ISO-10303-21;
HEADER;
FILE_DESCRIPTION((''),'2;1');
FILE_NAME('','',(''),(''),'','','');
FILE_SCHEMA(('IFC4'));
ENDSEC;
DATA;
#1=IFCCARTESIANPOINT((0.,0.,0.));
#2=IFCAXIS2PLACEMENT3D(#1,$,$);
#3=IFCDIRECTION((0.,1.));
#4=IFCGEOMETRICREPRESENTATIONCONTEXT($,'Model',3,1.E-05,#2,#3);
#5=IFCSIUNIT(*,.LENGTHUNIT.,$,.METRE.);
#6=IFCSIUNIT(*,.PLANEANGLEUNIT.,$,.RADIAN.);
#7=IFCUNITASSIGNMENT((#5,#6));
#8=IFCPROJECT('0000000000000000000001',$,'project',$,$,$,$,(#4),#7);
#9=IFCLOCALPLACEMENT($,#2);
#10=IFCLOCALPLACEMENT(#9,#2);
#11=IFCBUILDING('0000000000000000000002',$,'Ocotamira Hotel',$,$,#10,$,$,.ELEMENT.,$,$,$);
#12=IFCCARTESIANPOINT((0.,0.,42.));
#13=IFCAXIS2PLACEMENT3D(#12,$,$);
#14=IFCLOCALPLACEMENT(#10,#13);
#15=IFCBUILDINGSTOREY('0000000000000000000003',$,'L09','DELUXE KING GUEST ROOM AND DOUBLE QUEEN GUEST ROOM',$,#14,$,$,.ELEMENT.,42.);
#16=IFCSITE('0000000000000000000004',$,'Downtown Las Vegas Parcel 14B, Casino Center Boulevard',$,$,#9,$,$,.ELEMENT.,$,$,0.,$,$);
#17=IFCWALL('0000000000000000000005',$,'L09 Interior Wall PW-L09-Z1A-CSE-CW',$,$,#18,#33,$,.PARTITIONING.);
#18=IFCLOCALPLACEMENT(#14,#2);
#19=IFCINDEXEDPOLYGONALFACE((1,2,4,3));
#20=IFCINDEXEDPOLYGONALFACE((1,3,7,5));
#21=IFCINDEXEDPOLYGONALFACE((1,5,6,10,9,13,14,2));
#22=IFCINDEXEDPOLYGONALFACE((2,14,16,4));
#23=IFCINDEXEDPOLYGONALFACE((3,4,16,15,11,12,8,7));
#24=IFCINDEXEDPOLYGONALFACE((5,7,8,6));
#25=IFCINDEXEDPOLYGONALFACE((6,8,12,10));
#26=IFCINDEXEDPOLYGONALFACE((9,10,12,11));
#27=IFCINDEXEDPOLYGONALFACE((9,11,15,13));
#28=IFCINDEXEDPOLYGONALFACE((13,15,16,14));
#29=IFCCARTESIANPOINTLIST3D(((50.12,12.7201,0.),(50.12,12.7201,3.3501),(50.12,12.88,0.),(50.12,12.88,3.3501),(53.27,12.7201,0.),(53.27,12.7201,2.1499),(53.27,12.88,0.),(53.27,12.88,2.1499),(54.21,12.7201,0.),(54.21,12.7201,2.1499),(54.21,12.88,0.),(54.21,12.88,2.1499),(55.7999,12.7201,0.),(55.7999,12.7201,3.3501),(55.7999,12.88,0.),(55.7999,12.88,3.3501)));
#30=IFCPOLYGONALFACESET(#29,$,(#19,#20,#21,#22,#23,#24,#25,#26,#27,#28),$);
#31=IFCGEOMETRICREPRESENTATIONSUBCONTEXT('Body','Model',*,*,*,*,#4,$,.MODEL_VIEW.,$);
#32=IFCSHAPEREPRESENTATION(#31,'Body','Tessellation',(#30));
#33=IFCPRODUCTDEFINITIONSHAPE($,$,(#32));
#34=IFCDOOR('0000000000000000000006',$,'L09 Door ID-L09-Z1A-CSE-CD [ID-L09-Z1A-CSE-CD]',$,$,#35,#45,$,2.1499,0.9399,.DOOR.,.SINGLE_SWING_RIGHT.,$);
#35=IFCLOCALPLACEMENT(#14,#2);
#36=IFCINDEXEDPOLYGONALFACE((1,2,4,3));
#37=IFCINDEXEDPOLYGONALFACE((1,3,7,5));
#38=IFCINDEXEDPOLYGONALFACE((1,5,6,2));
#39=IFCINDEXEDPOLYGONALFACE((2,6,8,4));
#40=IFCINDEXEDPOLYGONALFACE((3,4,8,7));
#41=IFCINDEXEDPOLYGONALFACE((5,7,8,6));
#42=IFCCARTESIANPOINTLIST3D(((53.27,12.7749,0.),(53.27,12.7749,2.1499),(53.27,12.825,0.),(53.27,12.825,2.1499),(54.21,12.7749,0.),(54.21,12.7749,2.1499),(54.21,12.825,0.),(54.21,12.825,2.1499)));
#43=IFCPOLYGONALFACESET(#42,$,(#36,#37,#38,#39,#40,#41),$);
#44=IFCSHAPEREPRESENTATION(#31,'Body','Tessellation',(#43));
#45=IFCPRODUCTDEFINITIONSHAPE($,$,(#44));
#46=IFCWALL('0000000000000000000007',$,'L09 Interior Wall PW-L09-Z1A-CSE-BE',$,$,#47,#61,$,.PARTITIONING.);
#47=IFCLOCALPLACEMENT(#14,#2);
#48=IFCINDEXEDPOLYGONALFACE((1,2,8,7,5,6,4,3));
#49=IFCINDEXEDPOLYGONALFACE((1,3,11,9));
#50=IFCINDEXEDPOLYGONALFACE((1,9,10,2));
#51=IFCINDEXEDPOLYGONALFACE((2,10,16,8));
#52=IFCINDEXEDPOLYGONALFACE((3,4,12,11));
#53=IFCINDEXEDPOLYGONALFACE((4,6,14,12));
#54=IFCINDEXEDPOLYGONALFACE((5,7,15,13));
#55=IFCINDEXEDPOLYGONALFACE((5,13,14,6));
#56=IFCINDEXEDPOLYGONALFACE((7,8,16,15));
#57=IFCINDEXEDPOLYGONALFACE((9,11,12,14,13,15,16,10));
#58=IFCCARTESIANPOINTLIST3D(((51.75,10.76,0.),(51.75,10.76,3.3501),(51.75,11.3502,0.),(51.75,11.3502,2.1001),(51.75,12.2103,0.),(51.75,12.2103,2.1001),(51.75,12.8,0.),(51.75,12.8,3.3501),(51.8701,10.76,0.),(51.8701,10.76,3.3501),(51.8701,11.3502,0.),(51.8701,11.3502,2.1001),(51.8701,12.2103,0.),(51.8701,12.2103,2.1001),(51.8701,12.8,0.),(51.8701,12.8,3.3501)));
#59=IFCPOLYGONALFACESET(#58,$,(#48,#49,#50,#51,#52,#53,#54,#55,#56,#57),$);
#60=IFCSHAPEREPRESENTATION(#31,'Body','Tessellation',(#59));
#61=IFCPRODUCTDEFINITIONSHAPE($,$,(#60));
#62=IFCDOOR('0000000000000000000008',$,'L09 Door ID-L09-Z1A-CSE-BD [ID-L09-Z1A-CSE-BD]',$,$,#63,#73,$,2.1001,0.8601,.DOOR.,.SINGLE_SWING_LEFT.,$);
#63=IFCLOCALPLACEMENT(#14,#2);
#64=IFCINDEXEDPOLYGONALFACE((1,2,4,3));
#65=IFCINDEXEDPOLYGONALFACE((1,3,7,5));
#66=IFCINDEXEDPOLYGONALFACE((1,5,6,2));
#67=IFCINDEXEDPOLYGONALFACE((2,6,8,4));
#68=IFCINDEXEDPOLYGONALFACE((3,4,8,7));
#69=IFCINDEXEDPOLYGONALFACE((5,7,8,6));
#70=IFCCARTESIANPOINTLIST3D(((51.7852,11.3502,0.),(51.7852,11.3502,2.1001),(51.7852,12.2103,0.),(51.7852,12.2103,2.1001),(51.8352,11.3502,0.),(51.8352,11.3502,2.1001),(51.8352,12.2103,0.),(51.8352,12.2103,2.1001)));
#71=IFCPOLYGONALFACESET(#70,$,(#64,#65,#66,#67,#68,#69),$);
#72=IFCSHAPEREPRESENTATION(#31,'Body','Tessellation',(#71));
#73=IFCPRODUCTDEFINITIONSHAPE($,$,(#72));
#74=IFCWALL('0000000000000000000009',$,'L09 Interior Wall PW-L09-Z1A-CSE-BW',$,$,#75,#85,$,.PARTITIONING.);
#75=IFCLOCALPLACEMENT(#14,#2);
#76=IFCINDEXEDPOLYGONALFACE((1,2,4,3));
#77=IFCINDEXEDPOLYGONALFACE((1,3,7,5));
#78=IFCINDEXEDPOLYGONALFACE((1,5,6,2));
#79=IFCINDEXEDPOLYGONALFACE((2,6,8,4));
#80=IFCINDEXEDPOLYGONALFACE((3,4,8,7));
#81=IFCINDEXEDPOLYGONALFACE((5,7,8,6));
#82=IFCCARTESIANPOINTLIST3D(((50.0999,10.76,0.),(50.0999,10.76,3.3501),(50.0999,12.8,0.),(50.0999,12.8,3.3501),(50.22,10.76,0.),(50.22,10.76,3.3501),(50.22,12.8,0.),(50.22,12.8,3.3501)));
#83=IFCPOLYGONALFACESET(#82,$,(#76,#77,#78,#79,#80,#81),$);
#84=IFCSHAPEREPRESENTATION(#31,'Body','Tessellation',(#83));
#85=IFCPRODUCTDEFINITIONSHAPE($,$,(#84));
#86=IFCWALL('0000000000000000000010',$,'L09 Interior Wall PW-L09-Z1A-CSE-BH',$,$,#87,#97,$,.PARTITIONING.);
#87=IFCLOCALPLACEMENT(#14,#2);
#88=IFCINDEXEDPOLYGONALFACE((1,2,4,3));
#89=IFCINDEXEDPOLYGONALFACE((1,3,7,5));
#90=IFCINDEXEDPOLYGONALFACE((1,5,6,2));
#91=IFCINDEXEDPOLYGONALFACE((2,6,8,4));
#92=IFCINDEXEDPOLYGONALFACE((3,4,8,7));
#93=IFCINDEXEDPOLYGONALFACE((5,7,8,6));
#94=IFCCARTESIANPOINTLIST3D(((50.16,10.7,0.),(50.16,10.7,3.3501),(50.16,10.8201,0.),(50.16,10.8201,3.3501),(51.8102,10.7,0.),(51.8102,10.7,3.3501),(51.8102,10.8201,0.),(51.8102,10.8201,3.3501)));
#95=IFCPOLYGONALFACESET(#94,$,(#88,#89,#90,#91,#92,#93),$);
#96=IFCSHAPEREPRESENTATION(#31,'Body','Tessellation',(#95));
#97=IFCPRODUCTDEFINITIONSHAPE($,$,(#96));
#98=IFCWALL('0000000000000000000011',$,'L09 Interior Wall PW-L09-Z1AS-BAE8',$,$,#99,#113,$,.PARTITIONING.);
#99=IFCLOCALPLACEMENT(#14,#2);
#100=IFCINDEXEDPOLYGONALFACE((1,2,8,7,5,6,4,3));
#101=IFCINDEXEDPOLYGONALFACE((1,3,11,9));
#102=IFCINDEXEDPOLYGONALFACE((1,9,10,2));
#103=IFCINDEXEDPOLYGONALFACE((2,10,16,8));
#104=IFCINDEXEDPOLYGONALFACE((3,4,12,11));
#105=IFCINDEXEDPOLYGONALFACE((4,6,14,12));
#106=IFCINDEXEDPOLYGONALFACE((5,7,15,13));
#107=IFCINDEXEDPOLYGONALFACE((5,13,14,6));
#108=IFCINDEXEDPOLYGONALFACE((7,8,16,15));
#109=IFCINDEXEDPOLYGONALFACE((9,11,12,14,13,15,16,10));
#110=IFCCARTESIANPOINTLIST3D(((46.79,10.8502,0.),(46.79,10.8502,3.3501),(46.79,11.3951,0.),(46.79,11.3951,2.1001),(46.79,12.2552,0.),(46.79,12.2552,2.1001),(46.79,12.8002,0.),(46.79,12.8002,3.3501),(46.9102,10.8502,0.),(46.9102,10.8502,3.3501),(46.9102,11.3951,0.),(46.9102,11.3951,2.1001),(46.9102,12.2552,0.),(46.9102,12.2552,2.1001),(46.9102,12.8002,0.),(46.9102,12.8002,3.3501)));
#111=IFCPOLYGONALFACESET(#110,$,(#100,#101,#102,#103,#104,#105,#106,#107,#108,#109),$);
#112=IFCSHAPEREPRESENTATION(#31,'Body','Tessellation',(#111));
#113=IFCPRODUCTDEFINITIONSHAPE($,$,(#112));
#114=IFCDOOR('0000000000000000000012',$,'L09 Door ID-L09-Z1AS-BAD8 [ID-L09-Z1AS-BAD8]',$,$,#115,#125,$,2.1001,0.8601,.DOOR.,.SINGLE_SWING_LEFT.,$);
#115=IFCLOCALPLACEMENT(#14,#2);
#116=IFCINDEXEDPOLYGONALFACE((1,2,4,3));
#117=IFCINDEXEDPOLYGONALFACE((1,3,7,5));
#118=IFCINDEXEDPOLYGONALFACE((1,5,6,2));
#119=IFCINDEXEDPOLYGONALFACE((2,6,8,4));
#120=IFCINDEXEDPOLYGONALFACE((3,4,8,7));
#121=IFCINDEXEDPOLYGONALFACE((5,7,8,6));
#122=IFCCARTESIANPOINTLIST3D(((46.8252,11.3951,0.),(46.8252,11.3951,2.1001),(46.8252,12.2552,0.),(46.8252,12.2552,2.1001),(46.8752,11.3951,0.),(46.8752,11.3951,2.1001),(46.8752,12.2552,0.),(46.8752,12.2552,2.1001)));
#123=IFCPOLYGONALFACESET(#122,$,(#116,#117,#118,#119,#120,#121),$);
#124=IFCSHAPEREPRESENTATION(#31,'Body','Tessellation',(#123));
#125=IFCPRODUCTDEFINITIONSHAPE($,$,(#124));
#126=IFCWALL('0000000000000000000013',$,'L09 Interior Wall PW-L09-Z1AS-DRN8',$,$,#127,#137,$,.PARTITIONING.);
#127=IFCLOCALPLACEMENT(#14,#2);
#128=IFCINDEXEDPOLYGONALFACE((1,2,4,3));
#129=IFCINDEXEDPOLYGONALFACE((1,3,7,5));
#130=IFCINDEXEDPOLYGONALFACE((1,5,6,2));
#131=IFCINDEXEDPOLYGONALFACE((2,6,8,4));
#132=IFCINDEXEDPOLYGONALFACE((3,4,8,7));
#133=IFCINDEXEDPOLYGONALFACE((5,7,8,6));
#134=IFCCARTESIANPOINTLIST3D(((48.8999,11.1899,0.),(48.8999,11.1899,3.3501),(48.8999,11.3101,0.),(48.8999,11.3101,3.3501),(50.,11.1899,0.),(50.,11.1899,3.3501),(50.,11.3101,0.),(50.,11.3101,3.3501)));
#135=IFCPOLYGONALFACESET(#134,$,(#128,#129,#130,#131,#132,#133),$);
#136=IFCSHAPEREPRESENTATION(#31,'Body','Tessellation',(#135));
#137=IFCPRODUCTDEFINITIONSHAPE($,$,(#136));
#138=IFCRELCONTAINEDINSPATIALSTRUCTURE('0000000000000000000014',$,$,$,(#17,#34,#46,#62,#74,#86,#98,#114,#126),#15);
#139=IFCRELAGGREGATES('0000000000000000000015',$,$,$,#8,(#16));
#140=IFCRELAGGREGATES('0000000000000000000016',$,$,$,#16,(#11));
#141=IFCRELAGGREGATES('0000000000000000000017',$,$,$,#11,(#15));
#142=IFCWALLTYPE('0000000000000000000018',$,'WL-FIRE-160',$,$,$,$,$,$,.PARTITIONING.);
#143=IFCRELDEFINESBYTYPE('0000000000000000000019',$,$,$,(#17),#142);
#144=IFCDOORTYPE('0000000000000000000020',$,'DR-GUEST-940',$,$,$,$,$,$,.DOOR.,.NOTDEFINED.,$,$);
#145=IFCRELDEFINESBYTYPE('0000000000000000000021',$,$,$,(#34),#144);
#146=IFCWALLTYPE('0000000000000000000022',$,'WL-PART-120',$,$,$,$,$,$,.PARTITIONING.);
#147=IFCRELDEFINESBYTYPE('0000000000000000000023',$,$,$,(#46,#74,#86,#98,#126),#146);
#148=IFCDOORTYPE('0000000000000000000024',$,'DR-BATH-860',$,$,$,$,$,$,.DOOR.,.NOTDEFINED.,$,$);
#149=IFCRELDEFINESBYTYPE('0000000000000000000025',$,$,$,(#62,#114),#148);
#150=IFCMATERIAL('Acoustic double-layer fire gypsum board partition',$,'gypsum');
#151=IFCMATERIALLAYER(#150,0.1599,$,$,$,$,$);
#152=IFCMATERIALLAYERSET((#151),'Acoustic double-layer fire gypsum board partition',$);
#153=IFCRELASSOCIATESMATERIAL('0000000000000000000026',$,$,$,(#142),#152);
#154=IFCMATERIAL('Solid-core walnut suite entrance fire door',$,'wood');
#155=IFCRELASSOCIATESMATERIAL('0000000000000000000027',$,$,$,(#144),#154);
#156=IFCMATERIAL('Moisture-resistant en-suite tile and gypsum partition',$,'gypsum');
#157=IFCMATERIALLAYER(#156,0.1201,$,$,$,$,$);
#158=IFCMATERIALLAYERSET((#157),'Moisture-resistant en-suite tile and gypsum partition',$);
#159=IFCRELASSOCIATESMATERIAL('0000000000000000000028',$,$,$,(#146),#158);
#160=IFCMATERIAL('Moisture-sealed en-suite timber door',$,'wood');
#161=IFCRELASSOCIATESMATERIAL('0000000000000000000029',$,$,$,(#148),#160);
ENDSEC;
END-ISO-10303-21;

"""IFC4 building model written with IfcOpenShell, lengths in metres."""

from ifc_helpers import new_model, si_unit, direction, frame, frame_2d, origin, place, context, subcontext, project, spatial, rectangle, extrude, source, transform, mapped, material, layer, layer_set, type_object, element, fill, save


model = new_model("IFC4")

# Units and contexts
model_context = context("Model", 3, precision=1e-05, world=origin(), true_north=direction((0.0, 1.0)))
body_context = subcontext(model_context, "Body", "Model", "MODEL_VIEW")
ifc_project = project(units=[si_unit("LENGTHUNIT", "METRE"), si_unit("PLANEANGLEUNIT", "RADIAN")], contexts=[model_context])

# Site, building, storey
site_placement = place(None, origin())
site = spatial("IfcSite", under=ifc_project, at=site_placement, Name="Downtown Las Vegas Parcel 14B, Casino Center Boulevard", CompositionType="ELEMENT", RefElevation=0.0)
building_placement = place(site_placement, origin())
building = spatial("IfcBuilding", under=site, at=building_placement, Name="Ocotamira Hotel", CompositionType="ELEMENT")
storey_placement = place(building_placement, frame((0.0, 0.0, 42.0)))
storey = spatial("IfcBuildingStorey", under=building, at=storey_placement, Name="L09", Description="DELUXE KING GUEST ROOM AND DOUBLE QUEEN GUEST ROOM", CompositionType="ELEMENT", Elevation=42.0)

# Walls, openings, doors
ifc_material_1 = material(Name="Acoustic double-layer fire gypsum board partition", Category="gypsum")
ifc_layer_1 = layer(ifc_material_1, 0.1599)
ifc_layer_set_1 = layer_set([ifc_layer_1], Name="Acoustic double-layer fire gypsum board partition")
wall_type_1 = type_object("IfcWallType", Name="WL-FIRE-160", PredefinedType="PARTITIONING", material=ifc_layer_set_1)
wall_1_placement = place(storey_placement, frame((50.1201, 12.8, 0.0), z_axis=(0.0, 0.0, 1.0), x_axis=(1.0, 0.0, 0.0)))
wall_1 = element("IfcWall", 1, at=wall_1_placement, inside=storey, type_object=wall_type_1, Name="L09 Interior Wall PW-L09-Z1A-CSE-CW", PredefinedType="PARTITIONING", context=body_context, shape_type="SweptSolid", body=[
    extrude(rectangle(XDim=5.6799, YDim=0.1599, at=frame_2d((2.8398, 0.0))), origin(), (0.0, 0.0, 1.0), 3.3501),
])
opening_1_placement = place(wall_1_placement, frame((3.1499, 0.0, 0.0)))
opening_1 = element("IfcOpeningElement", 2, at=opening_1_placement, cuts=wall_1, PredefinedType="OPENING", context=body_context, shape_type="SweptSolid", body=[
    extrude(rectangle(XDim=0.9399, YDim=2.1499, at=frame_2d((0.47, 1.075))), frame((0.0, 0.0898, 0.0), z_axis=(0.0, -1.0, 0.0), x_axis=(1.0, 0.0, 0.0)), (0.0, 0.0, 1.0), 0.1799),
])
ifc_material_2 = material(Name="Solid-core walnut suite entrance fire door", Category="wood")
door_type_1 = type_object("IfcDoorType", Name="DR-GUEST-940", OperationType="NOTDEFINED", PredefinedType="DOOR", material=ifc_material_2)
shared_shape_1 = source(origin(), body_context, "Body", "SweptSolid", [
    extrude(rectangle(XDim=0.9399, YDim=2.1499, at=frame_2d((0.47, 1.075))), frame((0.0, 0.0249, 0.0), z_axis=(0.0, -1.0, 0.0), x_axis=(1.0, 0.0, 0.0)), (0.0, 0.0, 1.0), 0.05),
])
door_1_placement = place(opening_1_placement, origin())
door_1 = element("IfcDoor", 3, at=door_1_placement, inside=storey, type_object=door_type_1, Name="L09 Door ID-L09-Z1A-CSE-CD [ID-L09-Z1A-CSE-CD]", OperationType="SINGLE_SWING_RIGHT", OverallHeight=2.1499, OverallWidth=0.9399, PredefinedType="DOOR", context=body_context, shape_type="MappedRepresentation", body=[
    mapped(shared_shape_1, transform((0.0, 0.0, 0.0), scale=1.0)),
])
fill(opening_1, door_1)
ifc_material_3 = material(Name="Moisture-resistant en-suite tile and gypsum partition", Category="gypsum")
ifc_layer_2 = layer(ifc_material_3, 0.1201)
ifc_layer_set_2 = layer_set([ifc_layer_2], Name="Moisture-resistant en-suite tile and gypsum partition")
wall_type_2 = type_object("IfcWallType", Name="WL-PART-120", PredefinedType="PARTITIONING", material=ifc_layer_set_2)
wall_2_placement = place(storey_placement, frame((51.8101, 10.76, 0.0), z_axis=(0.0, 0.0, 1.0), x_axis=(0.0, 1.0, 0.0)))
wall_2 = element("IfcWall", 4, at=wall_2_placement, inside=storey, type_object=wall_type_2, Name="L09 Interior Wall PW-L09-Z1A-CSE-BE", PredefinedType="PARTITIONING", context=body_context, shape_type="SweptSolid", body=[
    extrude(rectangle(XDim=2.04, YDim=0.1201, at=frame_2d((1.02, 0.0))), origin(), (0.0, 0.0, 1.0), 3.3501),
])
opening_2_placement = place(wall_2_placement, frame((0.5901, 0.0, 0.0)))
opening_2 = element("IfcOpeningElement", 5, at=opening_2_placement, cuts=wall_2, PredefinedType="OPENING", context=body_context, shape_type="SweptSolid", body=[
    extrude(rectangle(XDim=0.8601, YDim=2.1001, at=frame_2d((0.4302, 1.05))), frame((0.0, 0.0701, 0.0), z_axis=(0.0, -1.0, 0.0), x_axis=(1.0, 0.0, 0.0)), (0.0, 0.0, 1.0), 0.1401),
])
ifc_material_4 = material(Name="Moisture-sealed en-suite timber door", Category="wood")
door_type_2 = type_object("IfcDoorType", Name="DR-BATH-860", OperationType="NOTDEFINED", PredefinedType="DOOR", material=ifc_material_4)
shared_shape_2 = source(origin(), body_context, "Body", "SweptSolid", [
    extrude(rectangle(XDim=0.8601, YDim=2.1001, at=frame_2d((0.4302, 1.05))), frame((0.0, 0.0249, 0.0), z_axis=(0.0, -1.0, 0.0), x_axis=(1.0, 0.0, 0.0)), (0.0, 0.0, 1.0), 0.05),
])
door_2_placement = place(opening_2_placement, origin())
door_2 = element("IfcDoor", 6, at=door_2_placement, inside=storey, type_object=door_type_2, Name="L09 Door ID-L09-Z1A-CSE-BD [ID-L09-Z1A-CSE-BD]", OperationType="SINGLE_SWING_LEFT", OverallHeight=2.1001, OverallWidth=0.8601, PredefinedType="DOOR", context=body_context, shape_type="MappedRepresentation", body=[
    mapped(shared_shape_2, transform((0.0, 0.0, 0.0), scale=1.0)),
])
fill(opening_2, door_2)

# Walls
wall_3_placement = place(storey_placement, frame((50.1599, 10.76, 0.0), z_axis=(0.0, 0.0, 1.0), x_axis=(0.0, 1.0, 0.0)))
element("IfcWall", 7, at=wall_3_placement, inside=storey, type_object=wall_type_2, Name="L09 Interior Wall PW-L09-Z1A-CSE-BW", PredefinedType="PARTITIONING", context=body_context, shape_type="SweptSolid", body=[
    extrude(rectangle(XDim=2.04, YDim=0.1201, at=frame_2d((1.02, 0.0))), origin(), (0.0, 0.0, 1.0), 3.3501),
])
wall_4_placement = place(storey_placement, frame((50.1599, 10.76, 0.0), z_axis=(0.0, 0.0, 1.0), x_axis=(1.0, 0.0, 0.0)))
element("IfcWall", 8, at=wall_4_placement, inside=storey, type_object=wall_type_2, Name="L09 Interior Wall PW-L09-Z1A-CSE-BH", PredefinedType="PARTITIONING", context=body_context, shape_type="SweptSolid", body=[
    extrude(rectangle(XDim=1.6501, YDim=0.1201, at=frame_2d((0.8252, 0.0))), origin(), (0.0, 0.0, 1.0), 3.3501),
])

# Wall, opening, door
wall_5_placement = place(storey_placement, frame((46.8501, 10.8501, 0.0), z_axis=(0.0, 0.0, 1.0), x_axis=(0.0, 1.0, 0.0)))
wall_5 = element("IfcWall", 9, at=wall_5_placement, inside=storey, type_object=wall_type_2, Name="L09 Interior Wall PW-L09-Z1AS-BAE8", PredefinedType="PARTITIONING", context=body_context, shape_type="SweptSolid", body=[
    extrude(rectangle(XDim=1.95, YDim=0.1201, at=frame_2d((0.9751, 0.0))), origin(), (0.0, 0.0, 1.0), 3.3501),
])
opening_3_placement = place(wall_5_placement, frame((0.5449, 0.0, 0.0)))
opening_3 = element("IfcOpeningElement", 10, at=opening_3_placement, cuts=wall_5, PredefinedType="OPENING", context=body_context, shape_type="SweptSolid", body=[
    extrude(rectangle(XDim=0.8601, YDim=2.1001, at=frame_2d((0.4302, 1.05))), frame((0.0, 0.0701, 0.0), z_axis=(0.0, -1.0, 0.0), x_axis=(1.0, 0.0, 0.0)), (0.0, 0.0, 1.0), 0.1401),
])
door_3_placement = place(opening_3_placement, origin())
door_3 = element("IfcDoor", 11, at=door_3_placement, inside=storey, type_object=door_type_2, Name="L09 Door ID-L09-Z1AS-BAD8 [ID-L09-Z1AS-BAD8]", OperationType="SINGLE_SWING_LEFT", OverallHeight=2.1001, OverallWidth=0.8601, PredefinedType="DOOR", context=body_context, shape_type="MappedRepresentation", body=[
    mapped(shared_shape_2, transform((0.0, 0.0, 0.0), scale=1.0)),
])
fill(opening_3, door_3)

# Wall
wall_6_placement = place(storey_placement, frame((48.8999, 11.25, 0.0), z_axis=(0.0, 0.0, 1.0), x_axis=(1.0, 0.0, 0.0)))
element("IfcWall", 12, at=wall_6_placement, inside=storey, type_object=wall_type_2, Name="L09 Interior Wall PW-L09-Z1AS-DRN8", PredefinedType="PARTITIONING", context=body_context, shape_type="SweptSolid", body=[
    extrude(rectangle(XDim=1.1001, YDim=0.1201, at=frame_2d((0.55, 0.0))), origin(), (0.0, 0.0, 1.0), 3.3501),
])

save(model, "model.ifc")
